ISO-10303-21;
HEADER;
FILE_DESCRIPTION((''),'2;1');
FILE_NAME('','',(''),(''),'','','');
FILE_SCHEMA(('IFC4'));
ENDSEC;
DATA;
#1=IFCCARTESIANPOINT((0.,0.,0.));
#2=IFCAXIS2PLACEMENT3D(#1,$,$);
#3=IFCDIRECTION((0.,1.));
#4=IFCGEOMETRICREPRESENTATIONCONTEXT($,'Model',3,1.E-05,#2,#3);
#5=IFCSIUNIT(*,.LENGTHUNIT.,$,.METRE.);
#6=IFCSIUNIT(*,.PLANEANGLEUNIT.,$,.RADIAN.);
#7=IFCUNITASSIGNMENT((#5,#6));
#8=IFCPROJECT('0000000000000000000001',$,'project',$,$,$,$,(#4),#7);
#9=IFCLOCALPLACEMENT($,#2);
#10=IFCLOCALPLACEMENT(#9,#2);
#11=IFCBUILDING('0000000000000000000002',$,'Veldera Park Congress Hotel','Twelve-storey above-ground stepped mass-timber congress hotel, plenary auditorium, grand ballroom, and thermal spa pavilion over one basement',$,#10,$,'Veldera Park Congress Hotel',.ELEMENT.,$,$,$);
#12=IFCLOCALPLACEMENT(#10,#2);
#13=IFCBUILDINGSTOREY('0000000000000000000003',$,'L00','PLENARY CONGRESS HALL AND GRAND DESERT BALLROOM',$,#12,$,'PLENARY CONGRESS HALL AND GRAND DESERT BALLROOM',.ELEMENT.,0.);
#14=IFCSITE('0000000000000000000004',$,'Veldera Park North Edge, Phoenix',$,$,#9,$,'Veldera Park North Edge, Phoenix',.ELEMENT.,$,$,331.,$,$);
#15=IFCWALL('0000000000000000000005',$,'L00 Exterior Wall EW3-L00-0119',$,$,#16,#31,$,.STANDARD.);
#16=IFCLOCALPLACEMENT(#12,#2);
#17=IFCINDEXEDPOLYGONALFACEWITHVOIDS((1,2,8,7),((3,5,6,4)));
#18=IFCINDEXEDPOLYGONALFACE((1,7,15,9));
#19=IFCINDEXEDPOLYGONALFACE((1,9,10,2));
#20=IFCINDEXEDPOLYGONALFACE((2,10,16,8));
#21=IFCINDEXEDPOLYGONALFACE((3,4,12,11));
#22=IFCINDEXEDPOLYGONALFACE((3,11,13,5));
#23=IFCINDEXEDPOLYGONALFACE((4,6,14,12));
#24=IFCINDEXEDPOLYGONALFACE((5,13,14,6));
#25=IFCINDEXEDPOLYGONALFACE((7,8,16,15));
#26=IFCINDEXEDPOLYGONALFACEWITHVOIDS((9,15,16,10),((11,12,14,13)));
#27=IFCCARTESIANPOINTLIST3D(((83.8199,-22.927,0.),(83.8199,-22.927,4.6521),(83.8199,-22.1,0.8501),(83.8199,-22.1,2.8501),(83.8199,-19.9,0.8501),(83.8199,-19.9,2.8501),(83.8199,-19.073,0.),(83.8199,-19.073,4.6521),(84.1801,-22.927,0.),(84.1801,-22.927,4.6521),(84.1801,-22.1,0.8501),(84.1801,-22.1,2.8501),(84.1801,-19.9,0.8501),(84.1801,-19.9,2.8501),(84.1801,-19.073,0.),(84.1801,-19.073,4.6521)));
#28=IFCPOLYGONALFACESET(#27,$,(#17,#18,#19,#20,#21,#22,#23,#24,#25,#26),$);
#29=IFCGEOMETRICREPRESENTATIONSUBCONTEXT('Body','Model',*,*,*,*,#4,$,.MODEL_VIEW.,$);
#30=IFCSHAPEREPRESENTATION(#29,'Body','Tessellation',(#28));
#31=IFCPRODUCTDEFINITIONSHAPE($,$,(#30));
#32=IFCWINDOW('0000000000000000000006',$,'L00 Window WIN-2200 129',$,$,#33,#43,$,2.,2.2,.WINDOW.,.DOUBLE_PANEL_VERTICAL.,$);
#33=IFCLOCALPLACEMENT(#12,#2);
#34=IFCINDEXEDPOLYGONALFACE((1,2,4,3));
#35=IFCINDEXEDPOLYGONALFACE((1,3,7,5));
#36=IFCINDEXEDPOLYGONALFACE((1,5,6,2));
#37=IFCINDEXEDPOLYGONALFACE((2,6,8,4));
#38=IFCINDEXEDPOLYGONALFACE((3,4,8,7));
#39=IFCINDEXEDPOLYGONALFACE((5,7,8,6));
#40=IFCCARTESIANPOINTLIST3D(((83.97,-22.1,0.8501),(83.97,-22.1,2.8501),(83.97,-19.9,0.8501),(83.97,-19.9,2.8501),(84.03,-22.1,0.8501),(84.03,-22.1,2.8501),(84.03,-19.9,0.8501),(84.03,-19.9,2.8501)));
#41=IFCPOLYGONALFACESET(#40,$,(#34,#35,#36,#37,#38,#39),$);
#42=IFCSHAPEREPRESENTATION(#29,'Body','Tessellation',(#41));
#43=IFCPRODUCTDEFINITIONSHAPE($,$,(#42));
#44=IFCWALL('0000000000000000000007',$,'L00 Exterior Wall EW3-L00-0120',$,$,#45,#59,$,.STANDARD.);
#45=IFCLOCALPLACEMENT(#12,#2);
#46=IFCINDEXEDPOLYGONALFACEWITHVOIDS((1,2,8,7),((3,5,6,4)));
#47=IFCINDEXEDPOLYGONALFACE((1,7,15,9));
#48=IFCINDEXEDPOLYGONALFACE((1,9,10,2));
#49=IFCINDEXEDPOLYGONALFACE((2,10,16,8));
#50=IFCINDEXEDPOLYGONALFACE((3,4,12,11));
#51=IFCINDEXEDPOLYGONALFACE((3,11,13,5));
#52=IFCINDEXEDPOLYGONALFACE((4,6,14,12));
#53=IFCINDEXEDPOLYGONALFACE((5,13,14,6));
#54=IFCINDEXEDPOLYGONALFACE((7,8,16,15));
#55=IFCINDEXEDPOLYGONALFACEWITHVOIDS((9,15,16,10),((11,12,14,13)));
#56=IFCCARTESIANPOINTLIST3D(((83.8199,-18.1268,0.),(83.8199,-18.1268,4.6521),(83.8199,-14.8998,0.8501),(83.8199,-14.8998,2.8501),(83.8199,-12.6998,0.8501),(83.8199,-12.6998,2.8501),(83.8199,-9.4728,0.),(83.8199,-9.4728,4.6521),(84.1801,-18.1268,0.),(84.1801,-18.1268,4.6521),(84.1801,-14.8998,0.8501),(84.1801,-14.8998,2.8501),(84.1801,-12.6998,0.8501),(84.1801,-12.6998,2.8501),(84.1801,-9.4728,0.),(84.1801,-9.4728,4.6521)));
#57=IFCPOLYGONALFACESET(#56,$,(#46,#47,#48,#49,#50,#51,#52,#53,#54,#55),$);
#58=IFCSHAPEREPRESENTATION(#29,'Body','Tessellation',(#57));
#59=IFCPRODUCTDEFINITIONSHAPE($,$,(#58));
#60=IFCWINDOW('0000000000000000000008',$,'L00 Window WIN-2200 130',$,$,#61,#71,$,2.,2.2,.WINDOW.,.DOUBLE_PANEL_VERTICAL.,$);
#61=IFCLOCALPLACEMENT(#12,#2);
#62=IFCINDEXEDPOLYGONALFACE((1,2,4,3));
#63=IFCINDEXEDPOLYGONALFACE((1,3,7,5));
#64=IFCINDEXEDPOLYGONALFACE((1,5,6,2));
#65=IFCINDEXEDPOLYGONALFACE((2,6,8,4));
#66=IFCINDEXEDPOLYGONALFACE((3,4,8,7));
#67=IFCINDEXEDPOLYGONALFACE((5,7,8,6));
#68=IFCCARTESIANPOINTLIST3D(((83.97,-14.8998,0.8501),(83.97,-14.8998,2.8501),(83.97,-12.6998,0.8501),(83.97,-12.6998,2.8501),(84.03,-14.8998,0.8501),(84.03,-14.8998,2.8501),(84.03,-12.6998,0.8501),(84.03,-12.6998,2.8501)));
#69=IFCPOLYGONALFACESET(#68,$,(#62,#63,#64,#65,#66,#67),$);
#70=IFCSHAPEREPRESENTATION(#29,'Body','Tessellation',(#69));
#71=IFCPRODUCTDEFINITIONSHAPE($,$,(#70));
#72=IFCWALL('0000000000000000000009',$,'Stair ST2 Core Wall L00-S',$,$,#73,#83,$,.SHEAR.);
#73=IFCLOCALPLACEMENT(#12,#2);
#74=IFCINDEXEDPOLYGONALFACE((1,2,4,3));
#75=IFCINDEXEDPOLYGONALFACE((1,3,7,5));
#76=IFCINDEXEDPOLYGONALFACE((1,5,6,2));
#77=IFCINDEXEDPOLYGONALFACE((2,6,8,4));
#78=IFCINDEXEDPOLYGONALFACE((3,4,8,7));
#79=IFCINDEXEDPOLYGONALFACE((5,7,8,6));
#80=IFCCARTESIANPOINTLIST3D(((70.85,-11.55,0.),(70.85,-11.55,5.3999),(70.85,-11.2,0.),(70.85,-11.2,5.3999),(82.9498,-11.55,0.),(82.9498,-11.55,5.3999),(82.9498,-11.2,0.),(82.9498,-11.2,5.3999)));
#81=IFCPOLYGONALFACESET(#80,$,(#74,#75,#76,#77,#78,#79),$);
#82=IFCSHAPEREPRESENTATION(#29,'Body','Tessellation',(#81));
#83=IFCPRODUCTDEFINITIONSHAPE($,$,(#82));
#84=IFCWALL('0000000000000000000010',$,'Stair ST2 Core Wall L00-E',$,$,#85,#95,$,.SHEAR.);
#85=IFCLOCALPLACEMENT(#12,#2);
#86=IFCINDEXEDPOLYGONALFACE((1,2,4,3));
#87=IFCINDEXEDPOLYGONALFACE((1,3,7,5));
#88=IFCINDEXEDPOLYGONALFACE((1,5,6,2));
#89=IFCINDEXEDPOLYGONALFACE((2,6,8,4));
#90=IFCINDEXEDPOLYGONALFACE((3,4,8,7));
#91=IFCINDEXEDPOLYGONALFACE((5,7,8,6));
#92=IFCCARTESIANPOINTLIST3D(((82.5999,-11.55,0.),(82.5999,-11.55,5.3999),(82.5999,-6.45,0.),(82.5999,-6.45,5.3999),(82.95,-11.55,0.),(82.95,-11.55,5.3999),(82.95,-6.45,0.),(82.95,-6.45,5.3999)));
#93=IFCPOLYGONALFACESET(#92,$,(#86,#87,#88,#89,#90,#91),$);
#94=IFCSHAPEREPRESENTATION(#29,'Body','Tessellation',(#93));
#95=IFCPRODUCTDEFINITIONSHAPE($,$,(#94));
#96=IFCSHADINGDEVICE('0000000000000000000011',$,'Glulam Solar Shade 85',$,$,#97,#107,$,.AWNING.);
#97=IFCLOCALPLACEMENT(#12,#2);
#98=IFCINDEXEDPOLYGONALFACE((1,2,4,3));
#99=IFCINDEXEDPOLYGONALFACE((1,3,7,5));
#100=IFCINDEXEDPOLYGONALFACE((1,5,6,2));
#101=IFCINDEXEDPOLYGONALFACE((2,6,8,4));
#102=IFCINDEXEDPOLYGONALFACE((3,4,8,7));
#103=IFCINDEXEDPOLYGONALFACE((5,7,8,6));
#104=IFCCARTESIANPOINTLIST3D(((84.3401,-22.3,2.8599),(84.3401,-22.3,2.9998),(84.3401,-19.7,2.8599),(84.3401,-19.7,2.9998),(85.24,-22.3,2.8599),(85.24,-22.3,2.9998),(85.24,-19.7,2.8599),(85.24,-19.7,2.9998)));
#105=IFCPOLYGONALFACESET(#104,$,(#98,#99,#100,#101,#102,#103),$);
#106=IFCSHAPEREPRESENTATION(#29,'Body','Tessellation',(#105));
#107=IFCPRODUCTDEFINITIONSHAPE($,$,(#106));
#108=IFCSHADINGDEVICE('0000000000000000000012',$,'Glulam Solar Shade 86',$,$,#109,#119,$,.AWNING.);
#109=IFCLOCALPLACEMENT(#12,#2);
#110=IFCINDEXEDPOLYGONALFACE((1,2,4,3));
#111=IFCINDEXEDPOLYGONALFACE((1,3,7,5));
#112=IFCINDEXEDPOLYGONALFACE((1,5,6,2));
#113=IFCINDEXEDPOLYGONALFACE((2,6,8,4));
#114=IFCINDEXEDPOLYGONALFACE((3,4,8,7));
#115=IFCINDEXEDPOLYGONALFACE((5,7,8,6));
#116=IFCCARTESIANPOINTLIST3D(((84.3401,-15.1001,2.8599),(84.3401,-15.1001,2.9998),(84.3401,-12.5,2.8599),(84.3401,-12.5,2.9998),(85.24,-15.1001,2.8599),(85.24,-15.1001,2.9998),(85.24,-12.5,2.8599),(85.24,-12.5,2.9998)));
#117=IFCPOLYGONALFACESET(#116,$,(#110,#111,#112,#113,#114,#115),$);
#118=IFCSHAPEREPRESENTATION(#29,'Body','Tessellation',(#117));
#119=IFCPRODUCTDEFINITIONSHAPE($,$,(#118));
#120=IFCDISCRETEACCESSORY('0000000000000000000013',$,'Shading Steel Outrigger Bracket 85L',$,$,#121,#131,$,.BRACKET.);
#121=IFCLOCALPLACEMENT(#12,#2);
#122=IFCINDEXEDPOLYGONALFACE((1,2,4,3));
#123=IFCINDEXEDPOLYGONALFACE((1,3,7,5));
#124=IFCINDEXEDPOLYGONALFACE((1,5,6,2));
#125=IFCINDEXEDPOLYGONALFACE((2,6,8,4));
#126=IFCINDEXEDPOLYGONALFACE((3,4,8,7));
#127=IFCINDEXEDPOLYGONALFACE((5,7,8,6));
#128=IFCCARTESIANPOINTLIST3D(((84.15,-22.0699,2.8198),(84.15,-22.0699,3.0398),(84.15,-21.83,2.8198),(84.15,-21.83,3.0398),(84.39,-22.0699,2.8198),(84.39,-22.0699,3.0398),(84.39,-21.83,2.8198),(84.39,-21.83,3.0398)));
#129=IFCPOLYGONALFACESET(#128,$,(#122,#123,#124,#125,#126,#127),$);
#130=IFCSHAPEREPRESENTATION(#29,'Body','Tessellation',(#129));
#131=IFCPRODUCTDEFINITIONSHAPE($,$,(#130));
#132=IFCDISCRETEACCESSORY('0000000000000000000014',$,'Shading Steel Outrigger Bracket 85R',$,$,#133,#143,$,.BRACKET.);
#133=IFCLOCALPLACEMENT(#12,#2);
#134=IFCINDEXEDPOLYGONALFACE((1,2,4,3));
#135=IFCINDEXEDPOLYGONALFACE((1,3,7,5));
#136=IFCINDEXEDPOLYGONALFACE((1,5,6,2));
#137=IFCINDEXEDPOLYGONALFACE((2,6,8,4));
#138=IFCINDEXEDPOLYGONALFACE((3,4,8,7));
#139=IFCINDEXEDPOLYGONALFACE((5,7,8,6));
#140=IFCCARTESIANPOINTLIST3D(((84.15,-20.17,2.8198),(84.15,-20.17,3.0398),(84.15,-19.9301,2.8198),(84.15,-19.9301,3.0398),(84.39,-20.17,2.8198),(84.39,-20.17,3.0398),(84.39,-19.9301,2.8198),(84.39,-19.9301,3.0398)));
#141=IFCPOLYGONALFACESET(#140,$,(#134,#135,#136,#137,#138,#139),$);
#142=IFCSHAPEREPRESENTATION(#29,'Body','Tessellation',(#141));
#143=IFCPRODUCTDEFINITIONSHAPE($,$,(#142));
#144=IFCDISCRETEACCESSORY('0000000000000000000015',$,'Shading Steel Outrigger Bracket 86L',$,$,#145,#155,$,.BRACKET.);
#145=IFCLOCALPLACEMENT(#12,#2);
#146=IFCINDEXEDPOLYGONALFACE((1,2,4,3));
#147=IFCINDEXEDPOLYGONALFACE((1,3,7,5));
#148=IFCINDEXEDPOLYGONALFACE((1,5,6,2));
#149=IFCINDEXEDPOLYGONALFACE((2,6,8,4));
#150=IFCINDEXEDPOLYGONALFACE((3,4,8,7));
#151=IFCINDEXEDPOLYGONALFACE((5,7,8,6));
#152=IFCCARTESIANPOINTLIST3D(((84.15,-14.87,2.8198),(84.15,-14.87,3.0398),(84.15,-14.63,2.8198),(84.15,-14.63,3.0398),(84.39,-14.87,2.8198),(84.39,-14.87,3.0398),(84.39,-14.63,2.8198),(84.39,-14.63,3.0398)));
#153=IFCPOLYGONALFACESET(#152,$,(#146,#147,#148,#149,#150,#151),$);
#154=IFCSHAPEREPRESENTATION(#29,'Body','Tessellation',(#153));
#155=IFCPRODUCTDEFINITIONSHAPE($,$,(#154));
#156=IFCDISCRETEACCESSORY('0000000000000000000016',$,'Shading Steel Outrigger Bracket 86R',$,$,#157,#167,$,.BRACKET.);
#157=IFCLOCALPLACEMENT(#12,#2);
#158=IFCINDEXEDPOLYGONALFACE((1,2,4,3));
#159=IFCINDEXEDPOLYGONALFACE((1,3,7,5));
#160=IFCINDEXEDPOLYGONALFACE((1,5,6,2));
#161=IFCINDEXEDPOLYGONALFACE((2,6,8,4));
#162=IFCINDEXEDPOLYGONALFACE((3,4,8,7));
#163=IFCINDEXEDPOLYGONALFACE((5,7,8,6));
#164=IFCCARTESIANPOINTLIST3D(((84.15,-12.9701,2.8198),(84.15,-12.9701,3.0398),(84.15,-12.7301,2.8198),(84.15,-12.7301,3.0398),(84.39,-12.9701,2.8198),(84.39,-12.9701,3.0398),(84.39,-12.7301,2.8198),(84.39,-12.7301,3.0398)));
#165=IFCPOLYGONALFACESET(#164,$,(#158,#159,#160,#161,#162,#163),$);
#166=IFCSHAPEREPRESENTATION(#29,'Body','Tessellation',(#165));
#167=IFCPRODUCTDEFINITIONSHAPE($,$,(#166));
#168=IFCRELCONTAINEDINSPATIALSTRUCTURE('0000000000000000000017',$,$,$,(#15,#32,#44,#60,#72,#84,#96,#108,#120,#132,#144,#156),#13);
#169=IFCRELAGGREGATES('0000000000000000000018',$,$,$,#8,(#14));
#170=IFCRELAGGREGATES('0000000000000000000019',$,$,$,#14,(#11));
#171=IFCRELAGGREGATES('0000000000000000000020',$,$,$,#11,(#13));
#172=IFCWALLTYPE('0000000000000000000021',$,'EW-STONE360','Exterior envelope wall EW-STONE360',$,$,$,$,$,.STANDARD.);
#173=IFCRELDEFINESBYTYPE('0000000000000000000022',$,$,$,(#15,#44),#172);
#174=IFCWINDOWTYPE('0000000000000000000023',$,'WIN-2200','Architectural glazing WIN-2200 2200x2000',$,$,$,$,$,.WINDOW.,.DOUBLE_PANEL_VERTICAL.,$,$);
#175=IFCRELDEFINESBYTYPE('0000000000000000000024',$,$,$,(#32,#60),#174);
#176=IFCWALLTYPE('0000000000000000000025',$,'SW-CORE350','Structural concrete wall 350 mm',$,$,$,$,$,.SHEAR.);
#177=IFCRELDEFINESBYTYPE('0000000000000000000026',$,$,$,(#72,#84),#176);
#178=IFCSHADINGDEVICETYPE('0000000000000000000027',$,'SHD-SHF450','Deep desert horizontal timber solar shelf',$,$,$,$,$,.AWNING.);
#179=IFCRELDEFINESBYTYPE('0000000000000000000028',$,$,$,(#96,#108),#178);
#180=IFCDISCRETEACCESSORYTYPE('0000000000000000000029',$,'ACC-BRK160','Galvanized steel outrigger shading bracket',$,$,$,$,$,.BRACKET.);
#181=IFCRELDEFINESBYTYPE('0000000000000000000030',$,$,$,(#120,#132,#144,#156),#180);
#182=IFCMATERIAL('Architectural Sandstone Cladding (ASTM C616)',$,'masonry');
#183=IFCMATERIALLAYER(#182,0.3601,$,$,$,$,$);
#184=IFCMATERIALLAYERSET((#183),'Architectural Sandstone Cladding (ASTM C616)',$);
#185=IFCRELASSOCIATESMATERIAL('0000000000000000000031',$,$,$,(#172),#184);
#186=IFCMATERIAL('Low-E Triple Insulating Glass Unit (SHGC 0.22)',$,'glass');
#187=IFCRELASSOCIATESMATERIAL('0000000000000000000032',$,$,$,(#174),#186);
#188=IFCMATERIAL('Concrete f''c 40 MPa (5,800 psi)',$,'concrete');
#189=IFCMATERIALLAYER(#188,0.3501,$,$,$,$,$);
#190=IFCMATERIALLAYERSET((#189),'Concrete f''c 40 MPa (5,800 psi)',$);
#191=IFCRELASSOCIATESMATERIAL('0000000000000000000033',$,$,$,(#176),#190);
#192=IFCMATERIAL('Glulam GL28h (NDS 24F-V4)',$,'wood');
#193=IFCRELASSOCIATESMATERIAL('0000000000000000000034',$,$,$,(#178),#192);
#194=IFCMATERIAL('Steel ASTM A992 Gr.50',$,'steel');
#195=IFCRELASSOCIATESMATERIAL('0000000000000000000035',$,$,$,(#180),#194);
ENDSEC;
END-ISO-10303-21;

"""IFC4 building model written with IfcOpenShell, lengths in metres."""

from ifc_helpers import new_model, si_unit, direction, frame, frame_2d, origin, origin_2d, place, context, subcontext, project, spatial, rectangle, extrude, material, layer, layer_set, type_object, element, fill, save


model = new_model("IFC4")

# Units and contexts
model_context = context("Model", 3, precision=1e-05, world=origin(), true_north=direction((0.0, 1.0)))
body_context = subcontext(model_context, "Body", "Model", "MODEL_VIEW")
ifc_project = project(units=[si_unit("LENGTHUNIT", "METRE"), si_unit("PLANEANGLEUNIT", "RADIAN")], contexts=[model_context])

# Site, building, storey
site_placement = place(None, origin())
site = spatial("IfcSite", under=ifc_project, at=site_placement, Name="Veldera Park North Edge, Phoenix", LongName="Veldera Park North Edge, Phoenix", CompositionType="ELEMENT", RefElevation=331.0)
building_placement = place(site_placement, origin())
building = spatial("IfcBuilding", under=site, at=building_placement, Name="Veldera Park Congress Hotel", Description="Twelve-storey above-ground stepped mass-timber congress hotel, plenary auditorium, grand ballroom, and thermal spa pavilion over one basement", LongName="Veldera Park Congress Hotel", CompositionType="ELEMENT")
storey_placement = place(building_placement, origin())
storey = spatial("IfcBuildingStorey", under=building, at=storey_placement, Name="L00", Description="PLENARY CONGRESS HALL AND GRAND DESERT BALLROOM", LongName="PLENARY CONGRESS HALL AND GRAND DESERT BALLROOM", CompositionType="ELEMENT", Elevation=0.0)

# Shared definitions
ifc_material_1 = material(Name="Glulam GL28h (NDS 24F-V4)", Category="wood")
ifc_material_2 = material(Name="Steel ASTM A992 Gr.50", Category="steel")

# Walls, openings, windows
ifc_material_3 = material(Name="Architectural Sandstone Cladding (ASTM C616)", Category="masonry")
ifc_layer_1 = layer(ifc_material_3, 0.3601)
ifc_layer_set_1 = layer_set([ifc_layer_1], Name="Architectural Sandstone Cladding (ASTM C616)")
wall_type_1 = type_object("IfcWallType", Name="EW-STONE360", Description="Exterior envelope wall EW-STONE360", PredefinedType="STANDARD", material=ifc_layer_set_1)
wall_1_placement = place(storey_placement, frame((84.0, -22.927, 0.0), z_axis=(0.0, 0.0, 1.0), x_axis=(0.0, 1.0, 0.0)))
wall_1 = element("IfcWall", 1, at=wall_1_placement, inside=storey, type_object=wall_type_1, Name="L00 Exterior Wall EW3-L00-0119", PredefinedType="STANDARD", context=body_context, shape_type="SweptSolid", body=[
    extrude(rectangle(XDim=3.854, YDim=0.3601, at=frame_2d((1.927, 0.0))), origin(), (0.0, 0.0, 1.0), 4.6521),
])
opening_1_placement = place(wall_1_placement, frame((0.8269, 0.0, 0.8501)))
opening_1 = element("IfcOpeningElement", 2, at=opening_1_placement, cuts=wall_1, PredefinedType="OPENING", context=body_context, shape_type="SweptSolid", body=[
    extrude(rectangle(XDim=2.2, YDim=2.0, at=frame_2d((1.1001, 1.0))), frame((0.0, 0.1921, 0.0), z_axis=(0.0, -1.0, 0.0), x_axis=(1.0, 0.0, 0.0)), (0.0, 0.0, 1.0), 0.384),
])
ifc_material_4 = material(Name="Low-E Triple Insulating Glass Unit (SHGC 0.22)", Category="glass")
window_type = type_object("IfcWindowType", Name="WIN-2200", Description="Architectural glazing WIN-2200 2200x2000", PartitioningType="DOUBLE_PANEL_VERTICAL", PredefinedType="WINDOW", material=ifc_material_4)
window_1_placement = place(opening_1_placement, origin())
window_1 = element("IfcWindow", 3, at=window_1_placement, inside=storey, type_object=window_type, Name="L00 Window WIN-2200 129", OverallHeight=2.0, OverallWidth=2.2, PartitioningType="DOUBLE_PANEL_VERTICAL", PredefinedType="WINDOW", context=body_context, shape_type="SweptSolid", body=[
    extrude(rectangle(XDim=2.2, YDim=2.0, at=frame_2d((1.1001, 1.0))), frame((0.0, 0.03, 0.0), z_axis=(0.0, -1.0, 0.0), x_axis=(1.0, 0.0, 0.0)), (0.0, 0.0, 1.0), 0.0601),
])
fill(opening_1, window_1)
wall_2_placement = place(storey_placement, frame((84.0, -18.127, 0.0), z_axis=(0.0, 0.0, 1.0), x_axis=(0.0, 1.0, 0.0)))
wall_2 = element("IfcWall", 4, at=wall_2_placement, inside=storey, type_object=wall_type_1, Name="L00 Exterior Wall EW3-L00-0120", PredefinedType="STANDARD", context=body_context, shape_type="SweptSolid", body=[
    extrude(rectangle(XDim=8.6541, YDim=0.3601, at=frame_2d((4.3271, 0.0))), origin(), (0.0, 0.0, 1.0), 4.6521),
])
opening_2_placement = place(wall_2_placement, frame((3.2271, 0.0, 0.8501)))
opening_2 = element("IfcOpeningElement", 5, at=opening_2_placement, cuts=wall_2, PredefinedType="OPENING", context=body_context, shape_type="SweptSolid", body=[
    extrude(rectangle(XDim=2.2, YDim=2.0, at=frame_2d((1.1001, 1.0))), frame((0.0, 0.1921, 0.0), z_axis=(0.0, -1.0, 0.0), x_axis=(1.0, 0.0, 0.0)), (0.0, 0.0, 1.0), 0.384),
])
window_2_placement = place(opening_2_placement, origin())
window_2 = element("IfcWindow", 6, at=window_2_placement, inside=storey, type_object=window_type, Name="L00 Window WIN-2200 130", OverallHeight=2.0, OverallWidth=2.2, PartitioningType="DOUBLE_PANEL_VERTICAL", PredefinedType="WINDOW", context=body_context, shape_type="SweptSolid", body=[
    extrude(rectangle(XDim=2.2, YDim=2.0, at=frame_2d((1.1001, 1.0))), frame((0.0, 0.03, 0.0), z_axis=(0.0, -1.0, 0.0), x_axis=(1.0, 0.0, 0.0)), (0.0, 0.0, 1.0), 0.0601),
])
fill(opening_2, window_2)

# Walls
ifc_material_5 = material(Name="Concrete f'c 40 MPa (5,800 psi)", Category="concrete")
ifc_layer_2 = layer(ifc_material_5, 0.3501)
ifc_layer_set_2 = layer_set([ifc_layer_2], Name="Concrete f'c 40 MPa (5,800 psi)")
wall_type_2 = type_object("IfcWallType", Name="SW-CORE350", Description="Structural concrete wall 350 mm", PredefinedType="SHEAR", material=ifc_layer_set_2)
wall_3_placement = place(storey_placement, frame((70.8501, -11.375, 0.0), z_axis=(0.0, 0.0, 1.0), x_axis=(1.0, 0.0, 0.0)))
element("IfcWall", 7, at=wall_3_placement, inside=storey, type_object=wall_type_2, Name="Stair ST2 Core Wall L00-S", PredefinedType="SHEAR", context=body_context, shape_type="SweptSolid", body=[
    extrude(rectangle(XDim=12.0999, YDim=0.3501, at=frame_2d((6.0498, 0.0))), origin(), (0.0, 0.0, 1.0), 5.3999),
])
wall_4_placement = place(storey_placement, frame((82.7749, -11.55, 0.0), z_axis=(0.0, 0.0, 1.0), x_axis=(0.0, 1.0, 0.0)))
element("IfcWall", 8, at=wall_4_placement, inside=storey, type_object=wall_type_2, Name="Stair ST2 Core Wall L00-E", PredefinedType="SHEAR", context=body_context, shape_type="SweptSolid", body=[
    extrude(rectangle(XDim=5.1001, YDim=0.3501, at=frame_2d((2.55, 0.0))), origin(), (0.0, 0.0, 1.0), 5.3999),
])

# Shading devices
shading_device_type = type_object("IfcShadingDeviceType", Name="SHD-SHF450", Description="Deep desert horizontal timber solar shelf", PredefinedType="AWNING", material=ifc_material_1)
for number, where, z_axis, x_axis, name in (
    (9, (84.79, -21.0, 2.8599), (0.0, 0.0, 1.0), (0.0, 1.0, 0.0), "Glulam Solar Shade 85"),
    (10, (84.79, -13.8, 2.8599), (0.0, 0.0, 1.0), (0.0, 1.0, 0.0), "Glulam Solar Shade 86"),
):
    element("IfcShadingDevice", number, at=place(storey_placement, frame(where, z_axis=z_axis, x_axis=x_axis)), inside=storey, type_object=shading_device_type, Name=name, PredefinedType="AWNING", context=body_context, shape_type="SweptSolid", body=[
        extrude(rectangle(XDim=2.6001, YDim=0.8999, at=origin_2d()), origin(), (0.0, 0.0, 1.0), 0.1399),
    ])

# Discrete accessories
discrete_accessory_type = type_object("IfcDiscreteAccessoryType", Name="ACC-BRK160", Description="Galvanized steel outrigger shading bracket", PredefinedType="BRACKET", material=ifc_material_2)
for number, where, z_axis, x_axis, name in (
    (11, (84.27, -21.95, 2.8198), (0.0, 0.0, 1.0), (0.0, 1.0, 0.0), "Shading Steel Outrigger Bracket 85L"),
    (12, (84.27, -20.05, 2.8198), (0.0, 0.0, 1.0), (0.0, 1.0, 0.0), "Shading Steel Outrigger Bracket 85R"),
    (13, (84.27, -14.75, 2.8198), (0.0, 0.0, 1.0), (0.0, 1.0, 0.0), "Shading Steel Outrigger Bracket 86L"),
    (14, (84.27, -12.8501, 2.8198), (0.0, 0.0, 1.0), (0.0, 1.0, 0.0), "Shading Steel Outrigger Bracket 86R"),
):
    element("IfcDiscreteAccessory", number, at=place(storey_placement, frame(where, z_axis=z_axis, x_axis=x_axis)), inside=storey, type_object=discrete_accessory_type, Name=name, PredefinedType="BRACKET", context=body_context, shape_type="SweptSolid", body=[
        extrude(rectangle(XDim=0.24, YDim=0.24, at=origin_2d()), origin(), (0.0, 0.0, 1.0), 0.22),
    ])

save(model, "model.ifc")
